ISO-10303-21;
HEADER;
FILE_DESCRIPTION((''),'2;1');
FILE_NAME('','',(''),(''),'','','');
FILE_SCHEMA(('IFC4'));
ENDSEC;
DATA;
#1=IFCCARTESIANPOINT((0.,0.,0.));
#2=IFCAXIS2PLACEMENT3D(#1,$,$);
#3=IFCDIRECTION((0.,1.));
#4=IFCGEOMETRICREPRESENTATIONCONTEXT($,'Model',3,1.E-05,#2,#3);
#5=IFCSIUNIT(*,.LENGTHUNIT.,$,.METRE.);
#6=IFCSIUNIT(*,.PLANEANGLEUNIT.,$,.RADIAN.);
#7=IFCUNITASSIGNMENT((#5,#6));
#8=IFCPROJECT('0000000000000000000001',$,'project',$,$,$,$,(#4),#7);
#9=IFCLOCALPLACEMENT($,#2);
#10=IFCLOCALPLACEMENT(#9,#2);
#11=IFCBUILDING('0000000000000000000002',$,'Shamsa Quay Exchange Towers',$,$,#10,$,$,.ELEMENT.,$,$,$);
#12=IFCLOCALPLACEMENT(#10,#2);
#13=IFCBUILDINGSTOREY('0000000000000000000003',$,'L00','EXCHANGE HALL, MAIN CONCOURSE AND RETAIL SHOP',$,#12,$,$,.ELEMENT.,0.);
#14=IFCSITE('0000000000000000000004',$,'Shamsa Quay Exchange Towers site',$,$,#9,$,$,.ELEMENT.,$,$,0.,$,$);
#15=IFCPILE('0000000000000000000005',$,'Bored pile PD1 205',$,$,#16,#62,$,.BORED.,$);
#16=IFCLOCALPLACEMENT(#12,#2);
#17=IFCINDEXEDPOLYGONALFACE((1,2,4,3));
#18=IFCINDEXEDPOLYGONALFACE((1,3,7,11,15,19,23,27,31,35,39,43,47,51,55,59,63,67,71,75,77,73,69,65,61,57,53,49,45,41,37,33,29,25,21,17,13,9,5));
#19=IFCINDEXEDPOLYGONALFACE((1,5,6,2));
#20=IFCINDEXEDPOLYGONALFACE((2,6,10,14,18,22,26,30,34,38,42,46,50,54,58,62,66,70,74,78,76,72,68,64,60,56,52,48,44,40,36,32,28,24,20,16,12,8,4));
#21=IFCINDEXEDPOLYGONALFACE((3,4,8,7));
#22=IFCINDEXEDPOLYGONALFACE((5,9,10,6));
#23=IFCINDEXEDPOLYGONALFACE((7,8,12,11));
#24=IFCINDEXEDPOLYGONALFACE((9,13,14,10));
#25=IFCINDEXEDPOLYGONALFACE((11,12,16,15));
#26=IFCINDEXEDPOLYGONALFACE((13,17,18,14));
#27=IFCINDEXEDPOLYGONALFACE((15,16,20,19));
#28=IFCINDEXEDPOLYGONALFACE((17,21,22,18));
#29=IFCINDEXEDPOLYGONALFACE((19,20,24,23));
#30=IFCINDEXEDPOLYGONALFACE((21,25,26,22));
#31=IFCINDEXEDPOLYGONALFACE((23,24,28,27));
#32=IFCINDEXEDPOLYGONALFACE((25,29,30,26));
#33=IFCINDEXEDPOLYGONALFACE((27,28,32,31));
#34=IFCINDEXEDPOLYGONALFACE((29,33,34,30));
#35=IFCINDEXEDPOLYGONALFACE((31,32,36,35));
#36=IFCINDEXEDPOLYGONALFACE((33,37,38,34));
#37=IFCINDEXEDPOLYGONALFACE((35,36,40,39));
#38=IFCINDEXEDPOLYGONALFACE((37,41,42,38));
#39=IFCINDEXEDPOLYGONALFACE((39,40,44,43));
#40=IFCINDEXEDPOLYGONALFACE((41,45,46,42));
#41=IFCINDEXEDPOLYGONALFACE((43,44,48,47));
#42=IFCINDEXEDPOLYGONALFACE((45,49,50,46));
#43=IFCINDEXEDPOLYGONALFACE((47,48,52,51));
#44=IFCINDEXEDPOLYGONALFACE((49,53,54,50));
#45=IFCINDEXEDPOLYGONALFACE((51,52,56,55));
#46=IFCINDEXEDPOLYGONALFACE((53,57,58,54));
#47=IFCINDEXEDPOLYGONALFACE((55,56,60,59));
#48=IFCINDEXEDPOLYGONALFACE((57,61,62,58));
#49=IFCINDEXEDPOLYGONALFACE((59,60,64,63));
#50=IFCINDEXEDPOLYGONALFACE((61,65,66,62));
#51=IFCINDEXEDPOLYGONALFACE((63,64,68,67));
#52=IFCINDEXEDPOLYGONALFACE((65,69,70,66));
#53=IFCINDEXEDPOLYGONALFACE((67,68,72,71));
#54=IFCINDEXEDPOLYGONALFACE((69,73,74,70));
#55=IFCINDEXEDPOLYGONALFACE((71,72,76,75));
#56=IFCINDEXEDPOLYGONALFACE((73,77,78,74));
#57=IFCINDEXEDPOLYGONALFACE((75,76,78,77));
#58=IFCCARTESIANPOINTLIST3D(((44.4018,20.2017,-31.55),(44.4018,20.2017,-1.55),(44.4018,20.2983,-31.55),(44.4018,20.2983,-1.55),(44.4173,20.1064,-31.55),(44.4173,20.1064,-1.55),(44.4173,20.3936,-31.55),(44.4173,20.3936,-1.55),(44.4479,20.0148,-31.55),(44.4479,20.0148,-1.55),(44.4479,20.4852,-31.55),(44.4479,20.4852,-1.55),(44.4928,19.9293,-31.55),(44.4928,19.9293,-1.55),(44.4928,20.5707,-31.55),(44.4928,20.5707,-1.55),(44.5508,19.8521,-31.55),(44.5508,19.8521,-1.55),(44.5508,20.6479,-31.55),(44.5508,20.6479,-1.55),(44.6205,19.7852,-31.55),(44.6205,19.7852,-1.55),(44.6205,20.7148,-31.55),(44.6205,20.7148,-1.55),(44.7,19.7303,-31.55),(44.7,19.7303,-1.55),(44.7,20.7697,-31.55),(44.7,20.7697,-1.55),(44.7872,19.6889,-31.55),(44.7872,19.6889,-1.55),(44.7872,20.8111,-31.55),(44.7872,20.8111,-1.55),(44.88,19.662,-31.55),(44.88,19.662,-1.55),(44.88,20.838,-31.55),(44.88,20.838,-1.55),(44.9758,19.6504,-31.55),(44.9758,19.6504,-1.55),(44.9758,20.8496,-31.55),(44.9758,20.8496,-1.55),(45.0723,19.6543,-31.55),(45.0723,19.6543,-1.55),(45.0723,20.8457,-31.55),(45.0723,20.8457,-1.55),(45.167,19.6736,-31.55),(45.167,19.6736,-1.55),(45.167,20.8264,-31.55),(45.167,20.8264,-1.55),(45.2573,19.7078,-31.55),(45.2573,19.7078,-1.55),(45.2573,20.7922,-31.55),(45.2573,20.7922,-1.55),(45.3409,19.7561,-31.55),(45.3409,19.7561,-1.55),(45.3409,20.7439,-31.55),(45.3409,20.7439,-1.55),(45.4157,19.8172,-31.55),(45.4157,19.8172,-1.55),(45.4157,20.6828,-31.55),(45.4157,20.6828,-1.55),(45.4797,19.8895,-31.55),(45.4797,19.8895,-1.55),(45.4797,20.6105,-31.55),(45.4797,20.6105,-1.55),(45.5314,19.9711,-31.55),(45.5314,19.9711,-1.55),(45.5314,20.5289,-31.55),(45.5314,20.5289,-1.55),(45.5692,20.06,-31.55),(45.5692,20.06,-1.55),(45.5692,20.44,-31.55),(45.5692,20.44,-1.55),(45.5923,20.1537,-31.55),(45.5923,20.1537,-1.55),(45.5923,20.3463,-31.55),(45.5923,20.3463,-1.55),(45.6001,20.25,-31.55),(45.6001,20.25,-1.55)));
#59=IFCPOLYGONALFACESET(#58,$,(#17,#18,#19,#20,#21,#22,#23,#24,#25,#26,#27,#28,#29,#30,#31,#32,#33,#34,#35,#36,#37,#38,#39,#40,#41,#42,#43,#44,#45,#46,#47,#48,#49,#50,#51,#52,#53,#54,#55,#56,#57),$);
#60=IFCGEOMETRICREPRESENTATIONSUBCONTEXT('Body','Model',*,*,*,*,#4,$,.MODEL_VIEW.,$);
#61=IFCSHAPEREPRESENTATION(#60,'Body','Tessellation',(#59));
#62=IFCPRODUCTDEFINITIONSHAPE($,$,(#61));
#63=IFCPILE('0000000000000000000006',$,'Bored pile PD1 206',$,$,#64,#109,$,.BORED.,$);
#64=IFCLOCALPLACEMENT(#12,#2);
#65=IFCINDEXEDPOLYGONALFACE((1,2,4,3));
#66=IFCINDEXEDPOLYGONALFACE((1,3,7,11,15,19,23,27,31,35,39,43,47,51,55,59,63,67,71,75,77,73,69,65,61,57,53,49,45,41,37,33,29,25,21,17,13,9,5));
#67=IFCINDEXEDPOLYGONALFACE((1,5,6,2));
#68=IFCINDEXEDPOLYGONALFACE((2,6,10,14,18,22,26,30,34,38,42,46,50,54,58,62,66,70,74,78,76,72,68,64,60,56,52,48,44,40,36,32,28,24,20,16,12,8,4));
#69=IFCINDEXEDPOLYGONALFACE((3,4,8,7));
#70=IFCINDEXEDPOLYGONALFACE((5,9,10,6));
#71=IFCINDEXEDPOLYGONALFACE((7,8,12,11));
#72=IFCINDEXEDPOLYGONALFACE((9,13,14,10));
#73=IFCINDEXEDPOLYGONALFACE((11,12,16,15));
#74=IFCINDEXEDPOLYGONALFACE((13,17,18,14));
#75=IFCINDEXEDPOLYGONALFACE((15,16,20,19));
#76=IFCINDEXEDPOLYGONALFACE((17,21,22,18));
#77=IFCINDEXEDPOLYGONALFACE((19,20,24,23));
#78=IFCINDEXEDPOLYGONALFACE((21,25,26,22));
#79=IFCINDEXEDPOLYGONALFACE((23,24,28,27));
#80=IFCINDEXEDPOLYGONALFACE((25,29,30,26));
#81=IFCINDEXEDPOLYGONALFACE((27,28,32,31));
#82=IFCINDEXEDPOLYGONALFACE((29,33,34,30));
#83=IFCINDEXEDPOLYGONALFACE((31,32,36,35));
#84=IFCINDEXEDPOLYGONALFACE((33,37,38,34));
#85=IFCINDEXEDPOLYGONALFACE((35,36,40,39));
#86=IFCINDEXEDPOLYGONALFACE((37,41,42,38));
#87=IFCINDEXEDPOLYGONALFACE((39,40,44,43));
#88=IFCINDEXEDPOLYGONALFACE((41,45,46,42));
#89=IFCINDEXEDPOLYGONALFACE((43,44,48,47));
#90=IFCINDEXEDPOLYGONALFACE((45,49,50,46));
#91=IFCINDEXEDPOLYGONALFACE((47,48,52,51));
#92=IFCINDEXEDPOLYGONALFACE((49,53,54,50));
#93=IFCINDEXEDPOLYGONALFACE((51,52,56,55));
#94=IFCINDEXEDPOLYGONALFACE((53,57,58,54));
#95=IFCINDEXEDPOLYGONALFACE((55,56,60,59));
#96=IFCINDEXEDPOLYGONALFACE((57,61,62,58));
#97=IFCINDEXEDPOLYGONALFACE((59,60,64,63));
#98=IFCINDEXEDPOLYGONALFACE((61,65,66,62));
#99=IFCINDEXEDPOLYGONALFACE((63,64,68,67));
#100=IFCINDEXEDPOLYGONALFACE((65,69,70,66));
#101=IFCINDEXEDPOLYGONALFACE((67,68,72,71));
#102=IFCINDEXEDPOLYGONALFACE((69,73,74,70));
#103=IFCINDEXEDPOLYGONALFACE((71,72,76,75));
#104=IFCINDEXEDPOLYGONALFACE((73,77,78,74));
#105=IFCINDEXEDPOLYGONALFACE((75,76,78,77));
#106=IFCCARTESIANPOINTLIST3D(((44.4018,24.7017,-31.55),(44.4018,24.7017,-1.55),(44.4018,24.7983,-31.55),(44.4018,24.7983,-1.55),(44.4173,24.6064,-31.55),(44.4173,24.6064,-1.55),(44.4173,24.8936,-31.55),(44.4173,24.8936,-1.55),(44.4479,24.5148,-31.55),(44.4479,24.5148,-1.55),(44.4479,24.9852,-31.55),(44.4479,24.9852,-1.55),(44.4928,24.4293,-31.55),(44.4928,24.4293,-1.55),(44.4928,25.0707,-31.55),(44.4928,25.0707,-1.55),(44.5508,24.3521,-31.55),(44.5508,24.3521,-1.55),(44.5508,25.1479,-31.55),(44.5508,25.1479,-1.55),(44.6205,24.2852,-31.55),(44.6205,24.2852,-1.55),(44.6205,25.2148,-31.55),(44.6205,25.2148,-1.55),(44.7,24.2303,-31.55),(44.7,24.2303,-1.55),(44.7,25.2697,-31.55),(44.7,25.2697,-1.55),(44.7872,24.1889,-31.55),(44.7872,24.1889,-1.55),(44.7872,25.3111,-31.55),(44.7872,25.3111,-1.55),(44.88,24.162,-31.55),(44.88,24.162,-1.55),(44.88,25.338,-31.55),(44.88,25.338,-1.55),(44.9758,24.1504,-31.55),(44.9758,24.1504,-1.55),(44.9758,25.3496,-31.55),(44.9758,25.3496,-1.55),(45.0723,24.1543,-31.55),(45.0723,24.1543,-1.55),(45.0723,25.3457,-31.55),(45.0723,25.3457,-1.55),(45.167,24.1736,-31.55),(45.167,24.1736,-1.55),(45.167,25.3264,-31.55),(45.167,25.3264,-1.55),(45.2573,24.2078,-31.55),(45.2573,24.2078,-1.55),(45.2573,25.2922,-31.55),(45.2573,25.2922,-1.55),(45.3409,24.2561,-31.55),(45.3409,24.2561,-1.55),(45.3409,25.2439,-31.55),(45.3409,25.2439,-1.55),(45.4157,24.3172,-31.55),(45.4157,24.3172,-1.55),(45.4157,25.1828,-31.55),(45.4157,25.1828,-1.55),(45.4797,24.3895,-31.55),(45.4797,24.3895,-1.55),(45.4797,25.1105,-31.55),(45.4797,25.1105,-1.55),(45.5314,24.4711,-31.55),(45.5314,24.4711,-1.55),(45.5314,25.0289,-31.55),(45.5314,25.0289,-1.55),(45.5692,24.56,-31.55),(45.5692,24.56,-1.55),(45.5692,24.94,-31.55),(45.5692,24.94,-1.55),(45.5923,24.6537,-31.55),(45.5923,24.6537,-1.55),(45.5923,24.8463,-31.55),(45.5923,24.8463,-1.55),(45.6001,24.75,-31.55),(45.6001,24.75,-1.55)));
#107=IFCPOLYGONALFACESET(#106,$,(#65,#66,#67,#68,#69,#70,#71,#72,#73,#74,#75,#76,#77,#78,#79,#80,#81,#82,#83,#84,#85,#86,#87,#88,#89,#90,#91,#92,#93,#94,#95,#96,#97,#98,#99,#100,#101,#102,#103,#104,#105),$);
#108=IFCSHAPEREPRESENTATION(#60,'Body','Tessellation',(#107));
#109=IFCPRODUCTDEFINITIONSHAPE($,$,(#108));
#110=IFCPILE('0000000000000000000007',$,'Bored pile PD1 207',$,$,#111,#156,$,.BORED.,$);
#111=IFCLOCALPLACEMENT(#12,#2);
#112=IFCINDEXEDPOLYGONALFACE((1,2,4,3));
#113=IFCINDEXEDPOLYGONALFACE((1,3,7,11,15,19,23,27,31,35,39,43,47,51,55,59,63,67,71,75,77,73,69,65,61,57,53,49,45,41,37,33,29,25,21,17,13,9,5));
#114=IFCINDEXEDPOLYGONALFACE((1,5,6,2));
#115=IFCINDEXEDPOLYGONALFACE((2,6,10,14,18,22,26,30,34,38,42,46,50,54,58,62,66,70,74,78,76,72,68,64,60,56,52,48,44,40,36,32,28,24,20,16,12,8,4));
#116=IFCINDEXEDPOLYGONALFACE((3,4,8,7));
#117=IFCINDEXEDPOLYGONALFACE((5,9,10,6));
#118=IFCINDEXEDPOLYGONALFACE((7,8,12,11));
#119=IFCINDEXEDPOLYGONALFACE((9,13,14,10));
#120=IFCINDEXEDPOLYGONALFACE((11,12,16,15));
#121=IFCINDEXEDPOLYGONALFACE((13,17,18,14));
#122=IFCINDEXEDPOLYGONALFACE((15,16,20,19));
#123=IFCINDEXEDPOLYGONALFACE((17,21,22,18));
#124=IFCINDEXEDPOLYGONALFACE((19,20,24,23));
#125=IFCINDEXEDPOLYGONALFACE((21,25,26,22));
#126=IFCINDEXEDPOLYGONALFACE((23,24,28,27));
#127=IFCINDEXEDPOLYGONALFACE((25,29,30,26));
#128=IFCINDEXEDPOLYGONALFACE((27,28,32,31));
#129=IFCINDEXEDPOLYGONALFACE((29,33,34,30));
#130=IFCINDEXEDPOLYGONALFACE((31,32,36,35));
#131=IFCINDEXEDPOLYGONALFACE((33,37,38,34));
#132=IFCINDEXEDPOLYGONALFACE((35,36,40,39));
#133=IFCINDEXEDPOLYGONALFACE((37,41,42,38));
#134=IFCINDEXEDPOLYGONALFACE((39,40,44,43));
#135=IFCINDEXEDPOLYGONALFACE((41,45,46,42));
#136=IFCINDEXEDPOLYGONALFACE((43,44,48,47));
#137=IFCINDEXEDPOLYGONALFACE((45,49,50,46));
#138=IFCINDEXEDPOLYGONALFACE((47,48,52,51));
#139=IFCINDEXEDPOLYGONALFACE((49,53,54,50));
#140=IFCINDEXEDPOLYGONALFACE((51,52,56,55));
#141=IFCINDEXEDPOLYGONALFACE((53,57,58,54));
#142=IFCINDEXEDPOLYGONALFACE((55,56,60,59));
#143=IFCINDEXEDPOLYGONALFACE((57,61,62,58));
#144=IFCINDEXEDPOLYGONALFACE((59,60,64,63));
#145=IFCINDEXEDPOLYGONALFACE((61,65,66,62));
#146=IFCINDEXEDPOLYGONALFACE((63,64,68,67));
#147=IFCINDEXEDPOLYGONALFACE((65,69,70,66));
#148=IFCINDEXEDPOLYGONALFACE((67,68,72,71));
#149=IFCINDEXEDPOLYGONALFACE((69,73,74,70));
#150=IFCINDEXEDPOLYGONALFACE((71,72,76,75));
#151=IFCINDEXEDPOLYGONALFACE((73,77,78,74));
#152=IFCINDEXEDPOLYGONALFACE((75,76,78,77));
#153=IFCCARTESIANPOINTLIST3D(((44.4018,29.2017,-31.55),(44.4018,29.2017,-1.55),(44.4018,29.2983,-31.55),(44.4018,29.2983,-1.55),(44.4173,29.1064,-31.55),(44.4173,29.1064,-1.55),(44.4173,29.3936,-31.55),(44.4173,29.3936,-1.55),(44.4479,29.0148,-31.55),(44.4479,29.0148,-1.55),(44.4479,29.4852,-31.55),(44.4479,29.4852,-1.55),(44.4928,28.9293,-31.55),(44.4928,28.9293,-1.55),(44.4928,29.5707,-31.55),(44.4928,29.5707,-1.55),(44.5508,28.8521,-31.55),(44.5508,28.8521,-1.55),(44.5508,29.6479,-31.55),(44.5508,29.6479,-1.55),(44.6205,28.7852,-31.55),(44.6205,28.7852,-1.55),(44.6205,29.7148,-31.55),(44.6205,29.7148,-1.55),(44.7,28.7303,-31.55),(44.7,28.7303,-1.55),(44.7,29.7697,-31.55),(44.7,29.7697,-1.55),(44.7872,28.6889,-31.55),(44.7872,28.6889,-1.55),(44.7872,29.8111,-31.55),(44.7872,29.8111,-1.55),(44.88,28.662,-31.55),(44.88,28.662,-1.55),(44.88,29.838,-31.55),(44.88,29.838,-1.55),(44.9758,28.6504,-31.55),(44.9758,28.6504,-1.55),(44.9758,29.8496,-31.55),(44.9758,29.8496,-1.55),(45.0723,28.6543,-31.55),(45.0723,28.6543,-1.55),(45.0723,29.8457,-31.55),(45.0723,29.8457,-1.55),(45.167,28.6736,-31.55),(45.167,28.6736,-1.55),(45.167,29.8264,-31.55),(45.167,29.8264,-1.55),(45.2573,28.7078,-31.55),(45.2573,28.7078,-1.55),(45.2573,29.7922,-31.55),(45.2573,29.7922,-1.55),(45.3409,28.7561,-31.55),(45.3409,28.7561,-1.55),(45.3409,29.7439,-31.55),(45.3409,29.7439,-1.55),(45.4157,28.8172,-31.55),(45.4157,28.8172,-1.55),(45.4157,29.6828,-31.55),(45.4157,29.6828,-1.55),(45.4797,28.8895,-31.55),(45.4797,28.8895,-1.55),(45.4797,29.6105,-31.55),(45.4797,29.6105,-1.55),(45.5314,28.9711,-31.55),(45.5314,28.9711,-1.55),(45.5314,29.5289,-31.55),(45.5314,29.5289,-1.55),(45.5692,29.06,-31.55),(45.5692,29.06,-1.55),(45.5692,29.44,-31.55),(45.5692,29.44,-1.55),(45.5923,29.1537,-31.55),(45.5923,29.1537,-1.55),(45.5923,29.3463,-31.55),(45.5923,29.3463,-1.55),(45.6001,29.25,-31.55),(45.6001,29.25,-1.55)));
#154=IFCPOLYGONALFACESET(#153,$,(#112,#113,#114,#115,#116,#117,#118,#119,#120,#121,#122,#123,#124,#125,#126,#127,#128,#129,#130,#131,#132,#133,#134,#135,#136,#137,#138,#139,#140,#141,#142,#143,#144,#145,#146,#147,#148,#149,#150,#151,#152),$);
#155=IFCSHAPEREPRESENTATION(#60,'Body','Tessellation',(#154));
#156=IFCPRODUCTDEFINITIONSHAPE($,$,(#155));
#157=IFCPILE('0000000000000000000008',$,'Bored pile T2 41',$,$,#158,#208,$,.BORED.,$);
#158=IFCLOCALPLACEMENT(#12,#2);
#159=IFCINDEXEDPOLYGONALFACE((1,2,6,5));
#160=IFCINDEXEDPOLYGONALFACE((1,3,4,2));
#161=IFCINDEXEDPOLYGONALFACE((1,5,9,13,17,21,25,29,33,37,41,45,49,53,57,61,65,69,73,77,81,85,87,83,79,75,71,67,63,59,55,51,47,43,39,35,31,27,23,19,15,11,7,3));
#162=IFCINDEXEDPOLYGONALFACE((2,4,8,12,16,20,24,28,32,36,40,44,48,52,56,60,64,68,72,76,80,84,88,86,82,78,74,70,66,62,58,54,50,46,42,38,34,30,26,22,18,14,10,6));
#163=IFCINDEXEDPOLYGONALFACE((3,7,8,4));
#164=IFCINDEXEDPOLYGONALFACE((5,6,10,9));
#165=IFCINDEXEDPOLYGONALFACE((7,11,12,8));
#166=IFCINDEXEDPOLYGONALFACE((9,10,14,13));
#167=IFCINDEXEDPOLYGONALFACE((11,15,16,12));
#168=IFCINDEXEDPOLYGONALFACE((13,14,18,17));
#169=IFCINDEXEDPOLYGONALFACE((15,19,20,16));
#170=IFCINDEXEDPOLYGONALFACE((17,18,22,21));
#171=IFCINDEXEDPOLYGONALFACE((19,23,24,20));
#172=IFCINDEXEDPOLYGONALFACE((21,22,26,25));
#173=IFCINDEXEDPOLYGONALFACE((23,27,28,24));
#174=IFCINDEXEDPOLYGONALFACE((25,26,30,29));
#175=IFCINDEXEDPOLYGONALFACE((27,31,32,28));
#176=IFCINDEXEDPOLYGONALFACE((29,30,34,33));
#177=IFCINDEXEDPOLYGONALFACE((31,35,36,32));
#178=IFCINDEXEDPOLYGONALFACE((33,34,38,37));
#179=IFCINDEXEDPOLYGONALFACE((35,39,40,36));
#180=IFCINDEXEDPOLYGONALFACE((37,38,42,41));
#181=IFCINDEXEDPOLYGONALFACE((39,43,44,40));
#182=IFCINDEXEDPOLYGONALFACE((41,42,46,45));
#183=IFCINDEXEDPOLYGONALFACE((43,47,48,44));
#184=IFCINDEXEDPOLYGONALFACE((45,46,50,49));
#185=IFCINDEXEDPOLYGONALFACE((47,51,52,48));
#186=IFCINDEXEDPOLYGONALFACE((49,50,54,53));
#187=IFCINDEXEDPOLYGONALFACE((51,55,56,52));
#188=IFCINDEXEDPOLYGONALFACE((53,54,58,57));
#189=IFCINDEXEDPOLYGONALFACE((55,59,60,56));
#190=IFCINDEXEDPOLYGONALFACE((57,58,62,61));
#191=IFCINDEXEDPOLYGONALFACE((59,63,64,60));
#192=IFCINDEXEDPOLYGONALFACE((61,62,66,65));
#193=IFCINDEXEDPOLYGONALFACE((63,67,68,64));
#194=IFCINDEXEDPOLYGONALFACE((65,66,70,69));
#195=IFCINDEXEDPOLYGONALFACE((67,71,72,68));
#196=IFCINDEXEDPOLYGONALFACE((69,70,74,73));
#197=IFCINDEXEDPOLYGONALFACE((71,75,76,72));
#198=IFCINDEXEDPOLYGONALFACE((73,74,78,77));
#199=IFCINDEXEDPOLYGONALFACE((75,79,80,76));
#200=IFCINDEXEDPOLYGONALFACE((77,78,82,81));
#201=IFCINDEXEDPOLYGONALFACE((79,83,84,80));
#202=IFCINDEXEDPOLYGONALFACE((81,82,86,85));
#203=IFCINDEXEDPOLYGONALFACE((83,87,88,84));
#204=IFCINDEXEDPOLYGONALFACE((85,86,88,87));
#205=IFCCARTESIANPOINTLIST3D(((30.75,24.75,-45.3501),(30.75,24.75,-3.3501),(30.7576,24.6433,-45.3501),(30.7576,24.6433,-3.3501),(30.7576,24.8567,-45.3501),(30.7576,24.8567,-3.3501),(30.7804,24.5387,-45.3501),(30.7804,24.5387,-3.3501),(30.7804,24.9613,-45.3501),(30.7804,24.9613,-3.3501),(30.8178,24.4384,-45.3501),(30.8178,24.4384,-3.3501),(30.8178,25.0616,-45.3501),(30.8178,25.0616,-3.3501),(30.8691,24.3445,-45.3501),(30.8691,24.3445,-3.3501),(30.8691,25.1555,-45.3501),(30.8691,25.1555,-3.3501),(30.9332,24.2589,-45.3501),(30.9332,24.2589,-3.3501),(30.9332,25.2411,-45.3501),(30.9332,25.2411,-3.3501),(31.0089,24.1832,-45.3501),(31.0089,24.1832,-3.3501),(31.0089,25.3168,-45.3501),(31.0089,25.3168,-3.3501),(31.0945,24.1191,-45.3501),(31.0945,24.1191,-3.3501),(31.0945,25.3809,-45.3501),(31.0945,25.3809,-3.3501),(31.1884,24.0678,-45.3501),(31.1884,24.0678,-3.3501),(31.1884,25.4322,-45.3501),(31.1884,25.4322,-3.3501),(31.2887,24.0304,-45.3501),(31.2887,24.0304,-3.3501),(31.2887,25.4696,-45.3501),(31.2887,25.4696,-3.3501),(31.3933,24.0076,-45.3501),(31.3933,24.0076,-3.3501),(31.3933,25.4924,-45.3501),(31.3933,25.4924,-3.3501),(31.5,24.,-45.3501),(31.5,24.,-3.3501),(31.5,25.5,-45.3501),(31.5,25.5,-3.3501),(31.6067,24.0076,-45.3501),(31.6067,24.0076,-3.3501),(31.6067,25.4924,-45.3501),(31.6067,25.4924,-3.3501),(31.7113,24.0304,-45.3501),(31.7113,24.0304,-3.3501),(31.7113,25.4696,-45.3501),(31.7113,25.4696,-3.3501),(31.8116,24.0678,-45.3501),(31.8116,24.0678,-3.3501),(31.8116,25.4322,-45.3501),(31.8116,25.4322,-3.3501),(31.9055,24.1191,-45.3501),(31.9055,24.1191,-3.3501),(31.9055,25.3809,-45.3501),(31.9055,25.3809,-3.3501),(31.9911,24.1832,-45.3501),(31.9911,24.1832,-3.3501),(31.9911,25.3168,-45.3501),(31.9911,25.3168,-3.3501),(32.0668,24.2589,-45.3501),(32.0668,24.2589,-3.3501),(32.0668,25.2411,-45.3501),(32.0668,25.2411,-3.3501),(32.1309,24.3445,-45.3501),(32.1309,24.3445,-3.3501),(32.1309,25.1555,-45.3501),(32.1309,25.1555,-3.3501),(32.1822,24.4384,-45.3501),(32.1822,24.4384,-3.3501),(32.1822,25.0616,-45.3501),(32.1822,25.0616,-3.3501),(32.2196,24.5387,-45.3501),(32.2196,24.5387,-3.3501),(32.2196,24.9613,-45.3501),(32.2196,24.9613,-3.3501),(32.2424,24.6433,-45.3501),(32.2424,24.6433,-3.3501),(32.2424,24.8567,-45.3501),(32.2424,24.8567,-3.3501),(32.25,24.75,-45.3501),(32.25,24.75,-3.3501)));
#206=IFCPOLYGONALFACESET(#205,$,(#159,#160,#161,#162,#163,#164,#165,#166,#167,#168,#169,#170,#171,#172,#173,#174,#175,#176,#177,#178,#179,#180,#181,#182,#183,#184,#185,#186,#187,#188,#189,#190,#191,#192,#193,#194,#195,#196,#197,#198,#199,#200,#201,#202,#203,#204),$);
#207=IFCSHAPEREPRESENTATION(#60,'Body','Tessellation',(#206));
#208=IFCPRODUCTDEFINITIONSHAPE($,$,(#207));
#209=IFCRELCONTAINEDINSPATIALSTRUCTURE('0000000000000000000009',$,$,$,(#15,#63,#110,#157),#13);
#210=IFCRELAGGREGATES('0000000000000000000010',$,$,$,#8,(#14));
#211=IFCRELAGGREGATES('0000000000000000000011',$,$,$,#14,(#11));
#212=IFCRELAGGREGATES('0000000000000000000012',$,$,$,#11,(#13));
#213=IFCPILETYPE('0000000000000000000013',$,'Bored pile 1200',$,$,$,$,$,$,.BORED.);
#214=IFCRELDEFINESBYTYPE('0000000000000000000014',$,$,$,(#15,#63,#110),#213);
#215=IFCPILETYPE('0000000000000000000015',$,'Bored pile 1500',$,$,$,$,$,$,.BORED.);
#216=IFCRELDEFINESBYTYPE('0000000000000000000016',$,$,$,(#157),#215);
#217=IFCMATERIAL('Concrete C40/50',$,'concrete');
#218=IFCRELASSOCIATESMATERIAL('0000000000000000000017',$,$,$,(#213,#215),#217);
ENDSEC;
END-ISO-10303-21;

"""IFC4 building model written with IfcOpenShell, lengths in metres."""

from ifc_helpers import new_model, si_unit, direction, frame, origin, origin_2d, place, context, subcontext, project, spatial, circle, extrude, material, material_profile, profile_set, type_object, element, save


model = new_model("IFC4")

# Units and contexts
model_context = context("Model", 3, precision=1e-05, world=origin(), true_north=direction((0.0, 1.0)))
body_context = subcontext(model_context, "Body", "Model", "MODEL_VIEW")
ifc_project = project(units=[si_unit("LENGTHUNIT", "METRE"), si_unit("PLANEANGLEUNIT", "RADIAN")], contexts=[model_context])

# Site, building, storey
site_placement = place(None, origin())
site = spatial("IfcSite", under=ifc_project, at=site_placement, Name="Shamsa Quay Exchange Towers site", CompositionType="ELEMENT", RefElevation=0.0)
building_placement = place(site_placement, origin())
building = spatial("IfcBuilding", under=site, at=building_placement, Name="Shamsa Quay Exchange Towers", CompositionType="ELEMENT")
storey_placement = place(building_placement, origin())
storey = spatial("IfcBuildingStorey", under=building, at=storey_placement, Name="L00", Description="EXCHANGE HALL, MAIN CONCOURSE AND RETAIL SHOP", CompositionType="ELEMENT", Elevation=0.0)

# Piles
ifc_material_1 = material(Name="Concrete C40/50", Category="concrete")
ifc_material_profile_1 = material_profile(ifc_material_1, circle(Radius=0.6001, at=origin_2d()), Name="BP1200")
ifc_profile_set_1 = profile_set([ifc_material_profile_1], Name="Concrete C40/50")
pile_type_1 = type_object("IfcPileType", Name="Bored pile 1200", PredefinedType="BORED", material=ifc_profile_set_1)
for number, where, z_axis, x_axis, name in (
    (1, (45.0, 20.25, -1.55), (0.0, 0.0, -1.0), (1.0, 0.0, 0.0), "Bored pile PD1 205"),
    (2, (45.0, 24.75, -1.55), (0.0, 0.0, -1.0), (1.0, 0.0, 0.0), "Bored pile PD1 206"),
    (3, (45.0, 29.25, -1.55), (0.0, 0.0, -1.0), (1.0, 0.0, 0.0), "Bored pile PD1 207"),
):
    element("IfcPile", number, at=place(storey_placement, frame(where, z_axis=z_axis, x_axis=x_axis)), inside=storey, type_object=pile_type_1, Name=name, PredefinedType="BORED", context=body_context, shape_type="SweptSolid", body=[
        extrude(circle(Radius=0.6001, at=origin_2d()), origin(), (0.0, 0.0, 1.0), 30.0),
    ])
ifc_material_profile_2 = material_profile(ifc_material_1, circle(Radius=0.75, at=origin_2d()), Name="BP1500")
ifc_profile_set_2 = profile_set([ifc_material_profile_2], Name="Concrete C40/50")
pile_type_2 = type_object("IfcPileType", Name="Bored pile 1500", PredefinedType="BORED", material=ifc_profile_set_2)
for number, where, z_axis, x_axis, name in (
    (4, (31.5, 24.75, -3.3501), (0.0, 0.0, -1.0), (1.0, 0.0, 0.0), "Bored pile T2 41"),
):
    element("IfcPile", number, at=place(storey_placement, frame(where, z_axis=z_axis, x_axis=x_axis)), inside=storey, type_object=pile_type_2, Name=name, PredefinedType="BORED", context=body_context, shape_type="SweptSolid", body=[
        extrude(circle(Radius=0.75, at=origin_2d()), origin(), (0.0, 0.0, 1.0), 42.0),
    ])

save(model, "model.ifc")
